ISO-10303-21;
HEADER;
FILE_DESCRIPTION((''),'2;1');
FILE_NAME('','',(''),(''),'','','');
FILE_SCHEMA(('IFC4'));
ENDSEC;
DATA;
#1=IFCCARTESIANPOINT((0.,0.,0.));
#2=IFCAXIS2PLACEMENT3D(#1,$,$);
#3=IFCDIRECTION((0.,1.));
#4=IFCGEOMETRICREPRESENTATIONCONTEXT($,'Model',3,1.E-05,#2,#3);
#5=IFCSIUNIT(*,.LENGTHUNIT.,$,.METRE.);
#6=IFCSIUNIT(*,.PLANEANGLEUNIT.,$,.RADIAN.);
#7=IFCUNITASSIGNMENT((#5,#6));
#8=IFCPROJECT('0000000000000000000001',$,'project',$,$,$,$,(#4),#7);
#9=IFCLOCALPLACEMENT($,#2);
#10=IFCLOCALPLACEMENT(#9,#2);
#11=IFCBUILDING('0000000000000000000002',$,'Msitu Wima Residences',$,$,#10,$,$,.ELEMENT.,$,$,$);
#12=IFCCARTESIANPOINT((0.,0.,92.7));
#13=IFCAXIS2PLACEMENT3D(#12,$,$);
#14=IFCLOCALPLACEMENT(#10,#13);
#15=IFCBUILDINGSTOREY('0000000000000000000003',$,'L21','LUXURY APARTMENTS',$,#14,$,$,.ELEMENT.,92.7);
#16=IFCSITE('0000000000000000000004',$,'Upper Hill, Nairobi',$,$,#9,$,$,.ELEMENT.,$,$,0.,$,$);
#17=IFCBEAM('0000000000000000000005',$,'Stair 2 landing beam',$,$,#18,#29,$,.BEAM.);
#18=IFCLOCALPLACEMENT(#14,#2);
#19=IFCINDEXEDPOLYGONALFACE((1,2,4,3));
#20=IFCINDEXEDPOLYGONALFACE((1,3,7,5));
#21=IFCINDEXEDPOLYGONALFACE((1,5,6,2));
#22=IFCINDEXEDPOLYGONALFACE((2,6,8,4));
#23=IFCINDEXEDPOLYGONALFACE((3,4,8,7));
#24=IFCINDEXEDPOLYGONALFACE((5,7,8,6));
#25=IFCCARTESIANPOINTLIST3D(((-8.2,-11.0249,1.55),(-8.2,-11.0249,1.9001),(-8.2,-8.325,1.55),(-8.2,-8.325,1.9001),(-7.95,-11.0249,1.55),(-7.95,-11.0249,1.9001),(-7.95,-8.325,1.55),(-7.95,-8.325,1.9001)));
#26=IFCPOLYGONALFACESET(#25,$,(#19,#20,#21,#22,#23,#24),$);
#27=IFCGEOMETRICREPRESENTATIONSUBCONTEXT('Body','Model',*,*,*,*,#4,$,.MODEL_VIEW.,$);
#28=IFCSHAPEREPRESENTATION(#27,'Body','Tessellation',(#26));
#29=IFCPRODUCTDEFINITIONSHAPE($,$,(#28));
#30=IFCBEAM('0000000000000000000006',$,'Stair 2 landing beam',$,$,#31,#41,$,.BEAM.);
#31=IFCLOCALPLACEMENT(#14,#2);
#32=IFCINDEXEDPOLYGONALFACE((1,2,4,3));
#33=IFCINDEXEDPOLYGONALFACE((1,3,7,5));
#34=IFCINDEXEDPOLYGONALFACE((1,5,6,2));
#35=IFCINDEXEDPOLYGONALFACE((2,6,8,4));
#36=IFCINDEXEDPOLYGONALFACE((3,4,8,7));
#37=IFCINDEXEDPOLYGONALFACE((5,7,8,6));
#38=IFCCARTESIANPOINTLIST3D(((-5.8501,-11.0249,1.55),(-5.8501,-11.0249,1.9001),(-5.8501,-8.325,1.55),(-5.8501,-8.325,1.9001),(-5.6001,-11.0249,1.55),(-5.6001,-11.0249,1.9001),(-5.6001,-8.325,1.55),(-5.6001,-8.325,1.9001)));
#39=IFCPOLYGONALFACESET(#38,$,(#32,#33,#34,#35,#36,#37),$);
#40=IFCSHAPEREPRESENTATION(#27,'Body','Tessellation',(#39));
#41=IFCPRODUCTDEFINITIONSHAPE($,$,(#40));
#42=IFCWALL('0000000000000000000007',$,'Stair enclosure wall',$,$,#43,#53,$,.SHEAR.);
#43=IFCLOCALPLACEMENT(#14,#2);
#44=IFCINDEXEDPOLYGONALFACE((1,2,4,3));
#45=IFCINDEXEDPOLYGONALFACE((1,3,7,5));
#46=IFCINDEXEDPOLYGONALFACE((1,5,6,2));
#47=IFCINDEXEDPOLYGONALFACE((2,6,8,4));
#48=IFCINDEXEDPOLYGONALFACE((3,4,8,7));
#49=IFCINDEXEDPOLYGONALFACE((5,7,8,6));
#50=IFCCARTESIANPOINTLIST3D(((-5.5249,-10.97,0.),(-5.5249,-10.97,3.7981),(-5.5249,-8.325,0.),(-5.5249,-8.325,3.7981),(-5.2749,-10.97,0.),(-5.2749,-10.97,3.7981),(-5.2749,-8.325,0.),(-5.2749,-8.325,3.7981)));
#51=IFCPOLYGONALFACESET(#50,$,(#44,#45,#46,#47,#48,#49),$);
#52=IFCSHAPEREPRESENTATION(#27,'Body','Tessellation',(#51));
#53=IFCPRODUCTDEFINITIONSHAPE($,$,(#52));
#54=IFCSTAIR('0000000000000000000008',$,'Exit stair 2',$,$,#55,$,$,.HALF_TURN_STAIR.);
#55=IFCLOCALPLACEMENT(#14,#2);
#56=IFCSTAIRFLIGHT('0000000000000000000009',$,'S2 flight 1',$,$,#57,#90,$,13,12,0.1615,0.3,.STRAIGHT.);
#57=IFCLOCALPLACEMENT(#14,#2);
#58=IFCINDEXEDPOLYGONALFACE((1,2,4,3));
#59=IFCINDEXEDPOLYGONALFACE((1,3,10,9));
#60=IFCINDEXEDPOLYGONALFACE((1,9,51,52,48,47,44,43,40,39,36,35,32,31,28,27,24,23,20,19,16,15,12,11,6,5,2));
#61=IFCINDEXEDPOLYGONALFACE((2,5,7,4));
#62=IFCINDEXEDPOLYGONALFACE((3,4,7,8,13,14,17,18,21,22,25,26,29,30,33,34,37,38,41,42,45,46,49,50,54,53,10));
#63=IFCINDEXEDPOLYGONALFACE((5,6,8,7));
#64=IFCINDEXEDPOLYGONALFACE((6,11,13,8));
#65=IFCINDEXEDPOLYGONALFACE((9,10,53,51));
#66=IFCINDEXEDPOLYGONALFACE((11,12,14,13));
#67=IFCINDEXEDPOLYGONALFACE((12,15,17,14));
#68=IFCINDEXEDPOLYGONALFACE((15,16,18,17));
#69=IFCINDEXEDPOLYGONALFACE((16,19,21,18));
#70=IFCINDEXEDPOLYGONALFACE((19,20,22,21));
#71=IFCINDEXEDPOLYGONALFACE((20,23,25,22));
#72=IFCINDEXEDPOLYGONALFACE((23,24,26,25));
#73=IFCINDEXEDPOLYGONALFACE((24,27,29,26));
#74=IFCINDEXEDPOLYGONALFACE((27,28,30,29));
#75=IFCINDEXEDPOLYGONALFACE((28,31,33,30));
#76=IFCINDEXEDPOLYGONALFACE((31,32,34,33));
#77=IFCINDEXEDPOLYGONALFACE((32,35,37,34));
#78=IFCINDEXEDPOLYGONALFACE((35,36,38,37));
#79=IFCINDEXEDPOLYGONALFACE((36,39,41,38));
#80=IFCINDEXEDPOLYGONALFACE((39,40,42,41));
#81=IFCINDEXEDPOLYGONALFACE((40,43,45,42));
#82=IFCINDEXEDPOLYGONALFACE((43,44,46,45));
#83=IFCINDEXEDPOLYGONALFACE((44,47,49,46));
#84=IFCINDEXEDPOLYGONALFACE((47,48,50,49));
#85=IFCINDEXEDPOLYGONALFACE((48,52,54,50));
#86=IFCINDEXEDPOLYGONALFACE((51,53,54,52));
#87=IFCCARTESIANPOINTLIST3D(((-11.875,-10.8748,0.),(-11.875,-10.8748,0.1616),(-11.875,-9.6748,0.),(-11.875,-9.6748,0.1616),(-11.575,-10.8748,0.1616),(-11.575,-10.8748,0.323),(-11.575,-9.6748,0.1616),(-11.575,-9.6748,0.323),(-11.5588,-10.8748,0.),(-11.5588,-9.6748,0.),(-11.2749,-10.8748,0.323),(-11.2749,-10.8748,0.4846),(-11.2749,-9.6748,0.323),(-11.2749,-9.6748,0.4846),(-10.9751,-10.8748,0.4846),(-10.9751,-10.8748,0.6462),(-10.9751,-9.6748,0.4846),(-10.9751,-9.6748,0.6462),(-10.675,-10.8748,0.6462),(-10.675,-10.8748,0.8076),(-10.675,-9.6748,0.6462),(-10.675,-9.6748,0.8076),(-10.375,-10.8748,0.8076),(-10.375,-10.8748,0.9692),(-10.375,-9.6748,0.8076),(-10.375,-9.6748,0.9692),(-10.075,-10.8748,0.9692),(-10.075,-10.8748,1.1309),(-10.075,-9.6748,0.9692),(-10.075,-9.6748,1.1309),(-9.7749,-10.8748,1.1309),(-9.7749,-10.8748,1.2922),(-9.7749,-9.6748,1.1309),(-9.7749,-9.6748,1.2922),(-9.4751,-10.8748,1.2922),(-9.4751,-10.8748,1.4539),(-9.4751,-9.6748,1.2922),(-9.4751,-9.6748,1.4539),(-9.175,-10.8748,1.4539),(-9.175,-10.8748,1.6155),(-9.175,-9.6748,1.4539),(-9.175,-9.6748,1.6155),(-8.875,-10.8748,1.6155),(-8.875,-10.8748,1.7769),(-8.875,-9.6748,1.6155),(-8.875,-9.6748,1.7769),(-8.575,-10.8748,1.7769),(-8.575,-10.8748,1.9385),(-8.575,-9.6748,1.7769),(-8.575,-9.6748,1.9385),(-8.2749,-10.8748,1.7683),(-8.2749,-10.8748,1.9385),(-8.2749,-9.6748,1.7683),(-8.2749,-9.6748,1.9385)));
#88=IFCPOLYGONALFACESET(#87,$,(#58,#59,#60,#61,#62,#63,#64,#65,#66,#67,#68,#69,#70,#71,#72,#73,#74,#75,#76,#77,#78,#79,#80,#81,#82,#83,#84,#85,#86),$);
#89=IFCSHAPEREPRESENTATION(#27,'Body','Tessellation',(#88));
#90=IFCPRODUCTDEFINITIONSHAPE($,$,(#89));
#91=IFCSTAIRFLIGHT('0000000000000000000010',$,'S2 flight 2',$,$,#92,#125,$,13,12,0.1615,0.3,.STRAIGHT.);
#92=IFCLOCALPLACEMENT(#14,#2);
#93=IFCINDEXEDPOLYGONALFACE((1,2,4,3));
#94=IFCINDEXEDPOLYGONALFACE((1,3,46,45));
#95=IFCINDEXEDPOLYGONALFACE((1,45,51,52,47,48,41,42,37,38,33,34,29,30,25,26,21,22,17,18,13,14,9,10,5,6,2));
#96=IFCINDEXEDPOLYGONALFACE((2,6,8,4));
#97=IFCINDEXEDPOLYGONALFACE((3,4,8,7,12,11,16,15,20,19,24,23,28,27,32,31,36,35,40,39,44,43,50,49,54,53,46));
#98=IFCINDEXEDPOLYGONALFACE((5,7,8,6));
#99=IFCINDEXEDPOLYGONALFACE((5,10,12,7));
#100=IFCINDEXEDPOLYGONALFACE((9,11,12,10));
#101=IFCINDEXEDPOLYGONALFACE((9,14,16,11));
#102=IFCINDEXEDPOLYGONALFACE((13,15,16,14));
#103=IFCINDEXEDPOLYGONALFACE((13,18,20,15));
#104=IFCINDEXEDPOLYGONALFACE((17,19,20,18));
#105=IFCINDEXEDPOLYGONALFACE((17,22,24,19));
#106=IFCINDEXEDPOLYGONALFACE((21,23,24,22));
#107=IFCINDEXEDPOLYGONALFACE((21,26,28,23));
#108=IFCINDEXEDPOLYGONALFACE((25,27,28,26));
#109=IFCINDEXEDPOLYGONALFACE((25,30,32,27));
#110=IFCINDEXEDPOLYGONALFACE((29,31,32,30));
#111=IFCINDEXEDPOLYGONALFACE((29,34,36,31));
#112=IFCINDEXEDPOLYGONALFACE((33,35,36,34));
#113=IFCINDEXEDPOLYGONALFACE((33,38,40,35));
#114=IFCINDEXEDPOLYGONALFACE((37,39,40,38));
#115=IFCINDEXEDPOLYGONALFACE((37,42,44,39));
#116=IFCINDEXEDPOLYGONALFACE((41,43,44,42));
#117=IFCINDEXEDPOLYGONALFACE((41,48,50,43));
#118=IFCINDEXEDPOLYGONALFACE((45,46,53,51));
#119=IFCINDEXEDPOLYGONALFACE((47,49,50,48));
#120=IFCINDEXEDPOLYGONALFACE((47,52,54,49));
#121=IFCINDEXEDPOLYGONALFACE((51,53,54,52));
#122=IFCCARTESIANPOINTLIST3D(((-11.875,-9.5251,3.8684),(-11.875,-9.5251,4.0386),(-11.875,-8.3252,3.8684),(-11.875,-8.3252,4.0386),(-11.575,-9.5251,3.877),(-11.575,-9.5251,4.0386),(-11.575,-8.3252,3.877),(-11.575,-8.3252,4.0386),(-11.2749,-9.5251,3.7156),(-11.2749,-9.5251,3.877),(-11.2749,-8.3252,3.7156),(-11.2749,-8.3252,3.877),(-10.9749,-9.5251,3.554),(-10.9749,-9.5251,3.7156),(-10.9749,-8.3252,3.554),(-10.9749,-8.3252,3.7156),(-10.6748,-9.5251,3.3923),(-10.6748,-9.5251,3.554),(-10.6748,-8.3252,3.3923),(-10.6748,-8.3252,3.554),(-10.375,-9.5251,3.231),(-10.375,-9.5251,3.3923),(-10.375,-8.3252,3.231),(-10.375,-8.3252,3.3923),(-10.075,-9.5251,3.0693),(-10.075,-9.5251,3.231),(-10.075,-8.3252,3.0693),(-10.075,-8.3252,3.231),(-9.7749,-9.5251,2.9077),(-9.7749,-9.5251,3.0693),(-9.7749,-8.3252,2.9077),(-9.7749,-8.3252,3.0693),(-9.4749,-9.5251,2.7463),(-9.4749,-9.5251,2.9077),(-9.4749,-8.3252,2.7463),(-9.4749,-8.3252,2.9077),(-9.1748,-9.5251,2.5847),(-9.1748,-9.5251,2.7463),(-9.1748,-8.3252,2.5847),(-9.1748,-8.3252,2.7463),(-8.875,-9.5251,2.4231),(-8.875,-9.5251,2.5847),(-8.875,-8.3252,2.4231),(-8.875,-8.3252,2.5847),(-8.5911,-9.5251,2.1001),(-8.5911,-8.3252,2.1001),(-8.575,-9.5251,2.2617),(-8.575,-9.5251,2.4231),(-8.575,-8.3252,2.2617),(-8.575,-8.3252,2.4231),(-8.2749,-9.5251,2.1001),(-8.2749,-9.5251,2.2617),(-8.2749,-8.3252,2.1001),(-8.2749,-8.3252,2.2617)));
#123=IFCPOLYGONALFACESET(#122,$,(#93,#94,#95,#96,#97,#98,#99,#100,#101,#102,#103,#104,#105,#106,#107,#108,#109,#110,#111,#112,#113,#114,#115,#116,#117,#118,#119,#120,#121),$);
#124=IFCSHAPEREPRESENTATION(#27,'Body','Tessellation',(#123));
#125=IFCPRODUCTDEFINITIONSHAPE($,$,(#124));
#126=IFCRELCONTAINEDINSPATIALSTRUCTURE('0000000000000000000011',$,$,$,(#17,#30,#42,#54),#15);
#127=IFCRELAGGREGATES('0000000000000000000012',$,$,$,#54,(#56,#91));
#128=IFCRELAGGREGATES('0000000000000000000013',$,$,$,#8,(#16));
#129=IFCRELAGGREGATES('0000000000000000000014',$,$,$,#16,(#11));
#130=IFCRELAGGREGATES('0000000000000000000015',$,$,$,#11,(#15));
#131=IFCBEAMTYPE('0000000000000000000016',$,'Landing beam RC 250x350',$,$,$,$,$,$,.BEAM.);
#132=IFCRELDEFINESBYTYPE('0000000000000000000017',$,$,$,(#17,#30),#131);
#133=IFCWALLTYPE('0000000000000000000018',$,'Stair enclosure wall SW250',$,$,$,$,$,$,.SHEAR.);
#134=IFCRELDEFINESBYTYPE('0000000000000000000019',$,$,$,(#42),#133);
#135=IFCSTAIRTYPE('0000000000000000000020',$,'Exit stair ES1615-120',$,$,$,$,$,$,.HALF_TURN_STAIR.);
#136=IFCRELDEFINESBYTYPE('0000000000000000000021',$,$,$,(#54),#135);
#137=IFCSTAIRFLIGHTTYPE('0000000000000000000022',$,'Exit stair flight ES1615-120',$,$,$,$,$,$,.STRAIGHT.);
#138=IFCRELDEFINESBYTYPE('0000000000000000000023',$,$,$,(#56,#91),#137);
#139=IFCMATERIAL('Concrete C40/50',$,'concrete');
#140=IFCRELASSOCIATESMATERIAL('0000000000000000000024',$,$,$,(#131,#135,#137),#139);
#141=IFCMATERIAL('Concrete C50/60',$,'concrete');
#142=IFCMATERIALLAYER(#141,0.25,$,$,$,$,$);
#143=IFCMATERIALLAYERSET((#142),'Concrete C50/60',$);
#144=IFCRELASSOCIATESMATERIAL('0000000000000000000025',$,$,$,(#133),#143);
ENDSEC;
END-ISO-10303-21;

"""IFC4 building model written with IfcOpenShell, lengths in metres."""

from ifc_helpers import new_model, si_unit, direction, frame, frame_2d, origin, origin_2d, place, context, subcontext, project, spatial, polyline, rectangle, outline, extrude, material, layer, layer_set, material_profile, profile_set, type_object, element, aggregate, save


model = new_model("IFC4")

# Units and contexts
model_context = context("Model", 3, precision=1e-05, world=origin(), true_north=direction((0.0, 1.0)))
body_context = subcontext(model_context, "Body", "Model", "MODEL_VIEW")
ifc_project = project(units=[si_unit("LENGTHUNIT", "METRE"), si_unit("PLANEANGLEUNIT", "RADIAN")], contexts=[model_context])

# Site, building, storey
site_placement = place(None, origin())
site = spatial("IfcSite", under=ifc_project, at=site_placement, Name="Upper Hill, Nairobi", CompositionType="ELEMENT", RefElevation=0.0)
building_placement = place(site_placement, origin())
building = spatial("IfcBuilding", under=site, at=building_placement, Name="Msitu Wima Residences", CompositionType="ELEMENT")
storey_placement = place(building_placement, frame((0.0, 0.0, 92.7)))
storey = spatial("IfcBuildingStorey", under=building, at=storey_placement, Name="L21", Description="LUXURY APARTMENTS", CompositionType="ELEMENT", Elevation=92.7)

# Beams
ifc_material_1 = material(Name="Concrete C40/50", Category="concrete")
ifc_material_profile = material_profile(ifc_material_1, rectangle(XDim=0.25, YDim=0.3501, at=origin_2d()), Name="RC 250x350")
ifc_profile_set = profile_set([ifc_material_profile], Name="Concrete C40/50")
beam_type = type_object("IfcBeamType", Name="Landing beam RC 250x350", PredefinedType="BEAM", material=ifc_profile_set)
for number, where, z_axis, x_axis, name in (
    (1, (-8.075, -11.0249, 1.7251), (0.0, 1.0, 0.0), (-1.0, 0.0, 0.0), "Stair 2 landing beam"),
    (2, (-5.7251, -11.0249, 1.7251), (0.0, 1.0, 0.0), (-1.0, 0.0, 0.0), "Stair 2 landing beam"),
):
    element("IfcBeam", number, at=place(storey_placement, frame(where, z_axis=z_axis, x_axis=x_axis)), inside=storey, type_object=beam_type, Name=name, PredefinedType="BEAM", context=body_context, shape_type="SweptSolid", body=[
        extrude(rectangle(XDim=0.25, YDim=0.3501, at=origin_2d()), origin(), (0.0, 0.0, 1.0), 2.7),
    ])

# Wall
ifc_material_2 = material(Name="Concrete C50/60", Category="concrete")
ifc_layer_1 = layer(ifc_material_2, 0.25)
ifc_layer_set_1 = layer_set([ifc_layer_1], Name="Concrete C50/60")
wall_type_1 = type_object("IfcWallType", Name="Stair enclosure wall SW250", PredefinedType="SHEAR", material=ifc_layer_set_1)
wall_1_placement = place(storey_placement, frame((-5.3999, -10.97, 0.0), z_axis=(0.0, 0.0, 1.0), x_axis=(0.0, 1.0, 0.0)))
element("IfcWall", 3, at=wall_1_placement, inside=storey, type_object=wall_type_1, Name="Stair enclosure wall", PredefinedType="SHEAR", context=body_context, shape_type="SweptSolid", body=[
    extrude(rectangle(XDim=2.645, YDim=0.25, at=frame_2d((1.3225, 0.0))), origin(), (0.0, 0.0, 1.0), 3.7981),
])

# Stair, stair flights
stair_type = type_object("IfcStairType", Name="Exit stair ES1615-120", PredefinedType="HALF_TURN_STAIR", material=ifc_material_1)
stair_placement = place(storey_placement, origin())
stair = element("IfcStair", 4, at=stair_placement, inside=storey, type_object=stair_type, Name="Exit stair 2", PredefinedType="HALF_TURN_STAIR")
stair_flight_type = type_object("IfcStairFlightType", Name="Exit stair flight ES1615-120", PredefinedType="STRAIGHT", material=ifc_material_1)
stair_flight_1_placement = place(storey_placement, frame((-11.875, -10.2749, 0.0), z_axis=(0.0, 0.0, 1.0), x_axis=(1.0, 0.0, 0.0)))
stair_flight_1 = element("IfcStairFlight", 5, at=stair_flight_1_placement, type_object=stair_flight_type, Name="S2 flight 1", NumberOfRisers=13, NumberOfTreads=12, PredefinedType="STRAIGHT", RiserHeight=0.1615, TreadLength=0.3, context=body_context, shape_type="SweptSolid", body=[
    extrude(outline(polyline([(0.0, 0.0), (0.0, 0.1616), (0.3, 0.1616), (0.3, 0.323), (0.6001, 0.323), (0.6001, 0.4846), (0.8999, 0.4846), (0.8999, 0.6462), (1.2, 0.6462), (1.2, 0.8076), (1.5, 0.8076), (1.5, 0.9692), (1.8, 0.9692), (1.8, 1.1309), (2.1001, 1.1309), (2.1001, 1.2922), (2.3999, 1.2922), (2.3999, 1.4539), (2.7, 1.4539), (2.7, 1.6155), (3.0, 1.6155), (3.0, 1.7769), (3.3, 1.7769), (3.3, 1.9385), (3.6001, 1.9385), (3.6001, 2.1001), (3.6001, 1.7683), (0.3162, 0.0), (0.0, 0.0)])), frame((0.0, 0.6001, 0.0), z_axis=(0.0, -1.0, 0.0), x_axis=(1.0, 0.0, 0.0)), (0.0, 0.0, 1.0), 1.2),
])
stair_flight_2_placement = place(storey_placement, frame((-8.2749, -8.925, 2.1001), z_axis=(0.0, 0.0, 1.0), x_axis=(-1.0, 0.0, 0.0)))
stair_flight_2 = element("IfcStairFlight", 6, at=stair_flight_2_placement, type_object=stair_flight_type, Name="S2 flight 2", NumberOfRisers=13, NumberOfTreads=12, PredefinedType="STRAIGHT", RiserHeight=0.1615, TreadLength=0.3, context=body_context, shape_type="SweptSolid", body=[
    extrude(outline(polyline([(0.0, 0.0), (0.0, 0.1616), (0.3, 0.1616), (0.3, 0.323), (0.6001, 0.323), (0.6001, 0.4846), (0.8999, 0.4846), (0.8999, 0.6462), (1.2, 0.6462), (1.2, 0.8076), (1.5, 0.8076), (1.5, 0.9692), (1.8, 0.9692), (1.8, 1.1309), (2.1001, 1.1309), (2.1001, 1.2922), (2.3999, 1.2922), (2.3999, 1.4539), (2.7, 1.4539), (2.7, 1.6155), (3.0, 1.6155), (3.0, 1.7769), (3.3, 1.7769), (3.3, 1.9385), (3.6001, 1.9385), (3.6001, 2.1001), (3.6001, 1.7683), (0.3162, 0.0), (0.0, 0.0)])), frame((0.0, 0.6001, 0.0), z_axis=(0.0, -1.0, 0.0), x_axis=(1.0, 0.0, 0.0)), (0.0, 0.0, 1.0), 1.2),
])
aggregate(stair, [stair_flight_1, stair_flight_2])

save(model, "model.ifc")
